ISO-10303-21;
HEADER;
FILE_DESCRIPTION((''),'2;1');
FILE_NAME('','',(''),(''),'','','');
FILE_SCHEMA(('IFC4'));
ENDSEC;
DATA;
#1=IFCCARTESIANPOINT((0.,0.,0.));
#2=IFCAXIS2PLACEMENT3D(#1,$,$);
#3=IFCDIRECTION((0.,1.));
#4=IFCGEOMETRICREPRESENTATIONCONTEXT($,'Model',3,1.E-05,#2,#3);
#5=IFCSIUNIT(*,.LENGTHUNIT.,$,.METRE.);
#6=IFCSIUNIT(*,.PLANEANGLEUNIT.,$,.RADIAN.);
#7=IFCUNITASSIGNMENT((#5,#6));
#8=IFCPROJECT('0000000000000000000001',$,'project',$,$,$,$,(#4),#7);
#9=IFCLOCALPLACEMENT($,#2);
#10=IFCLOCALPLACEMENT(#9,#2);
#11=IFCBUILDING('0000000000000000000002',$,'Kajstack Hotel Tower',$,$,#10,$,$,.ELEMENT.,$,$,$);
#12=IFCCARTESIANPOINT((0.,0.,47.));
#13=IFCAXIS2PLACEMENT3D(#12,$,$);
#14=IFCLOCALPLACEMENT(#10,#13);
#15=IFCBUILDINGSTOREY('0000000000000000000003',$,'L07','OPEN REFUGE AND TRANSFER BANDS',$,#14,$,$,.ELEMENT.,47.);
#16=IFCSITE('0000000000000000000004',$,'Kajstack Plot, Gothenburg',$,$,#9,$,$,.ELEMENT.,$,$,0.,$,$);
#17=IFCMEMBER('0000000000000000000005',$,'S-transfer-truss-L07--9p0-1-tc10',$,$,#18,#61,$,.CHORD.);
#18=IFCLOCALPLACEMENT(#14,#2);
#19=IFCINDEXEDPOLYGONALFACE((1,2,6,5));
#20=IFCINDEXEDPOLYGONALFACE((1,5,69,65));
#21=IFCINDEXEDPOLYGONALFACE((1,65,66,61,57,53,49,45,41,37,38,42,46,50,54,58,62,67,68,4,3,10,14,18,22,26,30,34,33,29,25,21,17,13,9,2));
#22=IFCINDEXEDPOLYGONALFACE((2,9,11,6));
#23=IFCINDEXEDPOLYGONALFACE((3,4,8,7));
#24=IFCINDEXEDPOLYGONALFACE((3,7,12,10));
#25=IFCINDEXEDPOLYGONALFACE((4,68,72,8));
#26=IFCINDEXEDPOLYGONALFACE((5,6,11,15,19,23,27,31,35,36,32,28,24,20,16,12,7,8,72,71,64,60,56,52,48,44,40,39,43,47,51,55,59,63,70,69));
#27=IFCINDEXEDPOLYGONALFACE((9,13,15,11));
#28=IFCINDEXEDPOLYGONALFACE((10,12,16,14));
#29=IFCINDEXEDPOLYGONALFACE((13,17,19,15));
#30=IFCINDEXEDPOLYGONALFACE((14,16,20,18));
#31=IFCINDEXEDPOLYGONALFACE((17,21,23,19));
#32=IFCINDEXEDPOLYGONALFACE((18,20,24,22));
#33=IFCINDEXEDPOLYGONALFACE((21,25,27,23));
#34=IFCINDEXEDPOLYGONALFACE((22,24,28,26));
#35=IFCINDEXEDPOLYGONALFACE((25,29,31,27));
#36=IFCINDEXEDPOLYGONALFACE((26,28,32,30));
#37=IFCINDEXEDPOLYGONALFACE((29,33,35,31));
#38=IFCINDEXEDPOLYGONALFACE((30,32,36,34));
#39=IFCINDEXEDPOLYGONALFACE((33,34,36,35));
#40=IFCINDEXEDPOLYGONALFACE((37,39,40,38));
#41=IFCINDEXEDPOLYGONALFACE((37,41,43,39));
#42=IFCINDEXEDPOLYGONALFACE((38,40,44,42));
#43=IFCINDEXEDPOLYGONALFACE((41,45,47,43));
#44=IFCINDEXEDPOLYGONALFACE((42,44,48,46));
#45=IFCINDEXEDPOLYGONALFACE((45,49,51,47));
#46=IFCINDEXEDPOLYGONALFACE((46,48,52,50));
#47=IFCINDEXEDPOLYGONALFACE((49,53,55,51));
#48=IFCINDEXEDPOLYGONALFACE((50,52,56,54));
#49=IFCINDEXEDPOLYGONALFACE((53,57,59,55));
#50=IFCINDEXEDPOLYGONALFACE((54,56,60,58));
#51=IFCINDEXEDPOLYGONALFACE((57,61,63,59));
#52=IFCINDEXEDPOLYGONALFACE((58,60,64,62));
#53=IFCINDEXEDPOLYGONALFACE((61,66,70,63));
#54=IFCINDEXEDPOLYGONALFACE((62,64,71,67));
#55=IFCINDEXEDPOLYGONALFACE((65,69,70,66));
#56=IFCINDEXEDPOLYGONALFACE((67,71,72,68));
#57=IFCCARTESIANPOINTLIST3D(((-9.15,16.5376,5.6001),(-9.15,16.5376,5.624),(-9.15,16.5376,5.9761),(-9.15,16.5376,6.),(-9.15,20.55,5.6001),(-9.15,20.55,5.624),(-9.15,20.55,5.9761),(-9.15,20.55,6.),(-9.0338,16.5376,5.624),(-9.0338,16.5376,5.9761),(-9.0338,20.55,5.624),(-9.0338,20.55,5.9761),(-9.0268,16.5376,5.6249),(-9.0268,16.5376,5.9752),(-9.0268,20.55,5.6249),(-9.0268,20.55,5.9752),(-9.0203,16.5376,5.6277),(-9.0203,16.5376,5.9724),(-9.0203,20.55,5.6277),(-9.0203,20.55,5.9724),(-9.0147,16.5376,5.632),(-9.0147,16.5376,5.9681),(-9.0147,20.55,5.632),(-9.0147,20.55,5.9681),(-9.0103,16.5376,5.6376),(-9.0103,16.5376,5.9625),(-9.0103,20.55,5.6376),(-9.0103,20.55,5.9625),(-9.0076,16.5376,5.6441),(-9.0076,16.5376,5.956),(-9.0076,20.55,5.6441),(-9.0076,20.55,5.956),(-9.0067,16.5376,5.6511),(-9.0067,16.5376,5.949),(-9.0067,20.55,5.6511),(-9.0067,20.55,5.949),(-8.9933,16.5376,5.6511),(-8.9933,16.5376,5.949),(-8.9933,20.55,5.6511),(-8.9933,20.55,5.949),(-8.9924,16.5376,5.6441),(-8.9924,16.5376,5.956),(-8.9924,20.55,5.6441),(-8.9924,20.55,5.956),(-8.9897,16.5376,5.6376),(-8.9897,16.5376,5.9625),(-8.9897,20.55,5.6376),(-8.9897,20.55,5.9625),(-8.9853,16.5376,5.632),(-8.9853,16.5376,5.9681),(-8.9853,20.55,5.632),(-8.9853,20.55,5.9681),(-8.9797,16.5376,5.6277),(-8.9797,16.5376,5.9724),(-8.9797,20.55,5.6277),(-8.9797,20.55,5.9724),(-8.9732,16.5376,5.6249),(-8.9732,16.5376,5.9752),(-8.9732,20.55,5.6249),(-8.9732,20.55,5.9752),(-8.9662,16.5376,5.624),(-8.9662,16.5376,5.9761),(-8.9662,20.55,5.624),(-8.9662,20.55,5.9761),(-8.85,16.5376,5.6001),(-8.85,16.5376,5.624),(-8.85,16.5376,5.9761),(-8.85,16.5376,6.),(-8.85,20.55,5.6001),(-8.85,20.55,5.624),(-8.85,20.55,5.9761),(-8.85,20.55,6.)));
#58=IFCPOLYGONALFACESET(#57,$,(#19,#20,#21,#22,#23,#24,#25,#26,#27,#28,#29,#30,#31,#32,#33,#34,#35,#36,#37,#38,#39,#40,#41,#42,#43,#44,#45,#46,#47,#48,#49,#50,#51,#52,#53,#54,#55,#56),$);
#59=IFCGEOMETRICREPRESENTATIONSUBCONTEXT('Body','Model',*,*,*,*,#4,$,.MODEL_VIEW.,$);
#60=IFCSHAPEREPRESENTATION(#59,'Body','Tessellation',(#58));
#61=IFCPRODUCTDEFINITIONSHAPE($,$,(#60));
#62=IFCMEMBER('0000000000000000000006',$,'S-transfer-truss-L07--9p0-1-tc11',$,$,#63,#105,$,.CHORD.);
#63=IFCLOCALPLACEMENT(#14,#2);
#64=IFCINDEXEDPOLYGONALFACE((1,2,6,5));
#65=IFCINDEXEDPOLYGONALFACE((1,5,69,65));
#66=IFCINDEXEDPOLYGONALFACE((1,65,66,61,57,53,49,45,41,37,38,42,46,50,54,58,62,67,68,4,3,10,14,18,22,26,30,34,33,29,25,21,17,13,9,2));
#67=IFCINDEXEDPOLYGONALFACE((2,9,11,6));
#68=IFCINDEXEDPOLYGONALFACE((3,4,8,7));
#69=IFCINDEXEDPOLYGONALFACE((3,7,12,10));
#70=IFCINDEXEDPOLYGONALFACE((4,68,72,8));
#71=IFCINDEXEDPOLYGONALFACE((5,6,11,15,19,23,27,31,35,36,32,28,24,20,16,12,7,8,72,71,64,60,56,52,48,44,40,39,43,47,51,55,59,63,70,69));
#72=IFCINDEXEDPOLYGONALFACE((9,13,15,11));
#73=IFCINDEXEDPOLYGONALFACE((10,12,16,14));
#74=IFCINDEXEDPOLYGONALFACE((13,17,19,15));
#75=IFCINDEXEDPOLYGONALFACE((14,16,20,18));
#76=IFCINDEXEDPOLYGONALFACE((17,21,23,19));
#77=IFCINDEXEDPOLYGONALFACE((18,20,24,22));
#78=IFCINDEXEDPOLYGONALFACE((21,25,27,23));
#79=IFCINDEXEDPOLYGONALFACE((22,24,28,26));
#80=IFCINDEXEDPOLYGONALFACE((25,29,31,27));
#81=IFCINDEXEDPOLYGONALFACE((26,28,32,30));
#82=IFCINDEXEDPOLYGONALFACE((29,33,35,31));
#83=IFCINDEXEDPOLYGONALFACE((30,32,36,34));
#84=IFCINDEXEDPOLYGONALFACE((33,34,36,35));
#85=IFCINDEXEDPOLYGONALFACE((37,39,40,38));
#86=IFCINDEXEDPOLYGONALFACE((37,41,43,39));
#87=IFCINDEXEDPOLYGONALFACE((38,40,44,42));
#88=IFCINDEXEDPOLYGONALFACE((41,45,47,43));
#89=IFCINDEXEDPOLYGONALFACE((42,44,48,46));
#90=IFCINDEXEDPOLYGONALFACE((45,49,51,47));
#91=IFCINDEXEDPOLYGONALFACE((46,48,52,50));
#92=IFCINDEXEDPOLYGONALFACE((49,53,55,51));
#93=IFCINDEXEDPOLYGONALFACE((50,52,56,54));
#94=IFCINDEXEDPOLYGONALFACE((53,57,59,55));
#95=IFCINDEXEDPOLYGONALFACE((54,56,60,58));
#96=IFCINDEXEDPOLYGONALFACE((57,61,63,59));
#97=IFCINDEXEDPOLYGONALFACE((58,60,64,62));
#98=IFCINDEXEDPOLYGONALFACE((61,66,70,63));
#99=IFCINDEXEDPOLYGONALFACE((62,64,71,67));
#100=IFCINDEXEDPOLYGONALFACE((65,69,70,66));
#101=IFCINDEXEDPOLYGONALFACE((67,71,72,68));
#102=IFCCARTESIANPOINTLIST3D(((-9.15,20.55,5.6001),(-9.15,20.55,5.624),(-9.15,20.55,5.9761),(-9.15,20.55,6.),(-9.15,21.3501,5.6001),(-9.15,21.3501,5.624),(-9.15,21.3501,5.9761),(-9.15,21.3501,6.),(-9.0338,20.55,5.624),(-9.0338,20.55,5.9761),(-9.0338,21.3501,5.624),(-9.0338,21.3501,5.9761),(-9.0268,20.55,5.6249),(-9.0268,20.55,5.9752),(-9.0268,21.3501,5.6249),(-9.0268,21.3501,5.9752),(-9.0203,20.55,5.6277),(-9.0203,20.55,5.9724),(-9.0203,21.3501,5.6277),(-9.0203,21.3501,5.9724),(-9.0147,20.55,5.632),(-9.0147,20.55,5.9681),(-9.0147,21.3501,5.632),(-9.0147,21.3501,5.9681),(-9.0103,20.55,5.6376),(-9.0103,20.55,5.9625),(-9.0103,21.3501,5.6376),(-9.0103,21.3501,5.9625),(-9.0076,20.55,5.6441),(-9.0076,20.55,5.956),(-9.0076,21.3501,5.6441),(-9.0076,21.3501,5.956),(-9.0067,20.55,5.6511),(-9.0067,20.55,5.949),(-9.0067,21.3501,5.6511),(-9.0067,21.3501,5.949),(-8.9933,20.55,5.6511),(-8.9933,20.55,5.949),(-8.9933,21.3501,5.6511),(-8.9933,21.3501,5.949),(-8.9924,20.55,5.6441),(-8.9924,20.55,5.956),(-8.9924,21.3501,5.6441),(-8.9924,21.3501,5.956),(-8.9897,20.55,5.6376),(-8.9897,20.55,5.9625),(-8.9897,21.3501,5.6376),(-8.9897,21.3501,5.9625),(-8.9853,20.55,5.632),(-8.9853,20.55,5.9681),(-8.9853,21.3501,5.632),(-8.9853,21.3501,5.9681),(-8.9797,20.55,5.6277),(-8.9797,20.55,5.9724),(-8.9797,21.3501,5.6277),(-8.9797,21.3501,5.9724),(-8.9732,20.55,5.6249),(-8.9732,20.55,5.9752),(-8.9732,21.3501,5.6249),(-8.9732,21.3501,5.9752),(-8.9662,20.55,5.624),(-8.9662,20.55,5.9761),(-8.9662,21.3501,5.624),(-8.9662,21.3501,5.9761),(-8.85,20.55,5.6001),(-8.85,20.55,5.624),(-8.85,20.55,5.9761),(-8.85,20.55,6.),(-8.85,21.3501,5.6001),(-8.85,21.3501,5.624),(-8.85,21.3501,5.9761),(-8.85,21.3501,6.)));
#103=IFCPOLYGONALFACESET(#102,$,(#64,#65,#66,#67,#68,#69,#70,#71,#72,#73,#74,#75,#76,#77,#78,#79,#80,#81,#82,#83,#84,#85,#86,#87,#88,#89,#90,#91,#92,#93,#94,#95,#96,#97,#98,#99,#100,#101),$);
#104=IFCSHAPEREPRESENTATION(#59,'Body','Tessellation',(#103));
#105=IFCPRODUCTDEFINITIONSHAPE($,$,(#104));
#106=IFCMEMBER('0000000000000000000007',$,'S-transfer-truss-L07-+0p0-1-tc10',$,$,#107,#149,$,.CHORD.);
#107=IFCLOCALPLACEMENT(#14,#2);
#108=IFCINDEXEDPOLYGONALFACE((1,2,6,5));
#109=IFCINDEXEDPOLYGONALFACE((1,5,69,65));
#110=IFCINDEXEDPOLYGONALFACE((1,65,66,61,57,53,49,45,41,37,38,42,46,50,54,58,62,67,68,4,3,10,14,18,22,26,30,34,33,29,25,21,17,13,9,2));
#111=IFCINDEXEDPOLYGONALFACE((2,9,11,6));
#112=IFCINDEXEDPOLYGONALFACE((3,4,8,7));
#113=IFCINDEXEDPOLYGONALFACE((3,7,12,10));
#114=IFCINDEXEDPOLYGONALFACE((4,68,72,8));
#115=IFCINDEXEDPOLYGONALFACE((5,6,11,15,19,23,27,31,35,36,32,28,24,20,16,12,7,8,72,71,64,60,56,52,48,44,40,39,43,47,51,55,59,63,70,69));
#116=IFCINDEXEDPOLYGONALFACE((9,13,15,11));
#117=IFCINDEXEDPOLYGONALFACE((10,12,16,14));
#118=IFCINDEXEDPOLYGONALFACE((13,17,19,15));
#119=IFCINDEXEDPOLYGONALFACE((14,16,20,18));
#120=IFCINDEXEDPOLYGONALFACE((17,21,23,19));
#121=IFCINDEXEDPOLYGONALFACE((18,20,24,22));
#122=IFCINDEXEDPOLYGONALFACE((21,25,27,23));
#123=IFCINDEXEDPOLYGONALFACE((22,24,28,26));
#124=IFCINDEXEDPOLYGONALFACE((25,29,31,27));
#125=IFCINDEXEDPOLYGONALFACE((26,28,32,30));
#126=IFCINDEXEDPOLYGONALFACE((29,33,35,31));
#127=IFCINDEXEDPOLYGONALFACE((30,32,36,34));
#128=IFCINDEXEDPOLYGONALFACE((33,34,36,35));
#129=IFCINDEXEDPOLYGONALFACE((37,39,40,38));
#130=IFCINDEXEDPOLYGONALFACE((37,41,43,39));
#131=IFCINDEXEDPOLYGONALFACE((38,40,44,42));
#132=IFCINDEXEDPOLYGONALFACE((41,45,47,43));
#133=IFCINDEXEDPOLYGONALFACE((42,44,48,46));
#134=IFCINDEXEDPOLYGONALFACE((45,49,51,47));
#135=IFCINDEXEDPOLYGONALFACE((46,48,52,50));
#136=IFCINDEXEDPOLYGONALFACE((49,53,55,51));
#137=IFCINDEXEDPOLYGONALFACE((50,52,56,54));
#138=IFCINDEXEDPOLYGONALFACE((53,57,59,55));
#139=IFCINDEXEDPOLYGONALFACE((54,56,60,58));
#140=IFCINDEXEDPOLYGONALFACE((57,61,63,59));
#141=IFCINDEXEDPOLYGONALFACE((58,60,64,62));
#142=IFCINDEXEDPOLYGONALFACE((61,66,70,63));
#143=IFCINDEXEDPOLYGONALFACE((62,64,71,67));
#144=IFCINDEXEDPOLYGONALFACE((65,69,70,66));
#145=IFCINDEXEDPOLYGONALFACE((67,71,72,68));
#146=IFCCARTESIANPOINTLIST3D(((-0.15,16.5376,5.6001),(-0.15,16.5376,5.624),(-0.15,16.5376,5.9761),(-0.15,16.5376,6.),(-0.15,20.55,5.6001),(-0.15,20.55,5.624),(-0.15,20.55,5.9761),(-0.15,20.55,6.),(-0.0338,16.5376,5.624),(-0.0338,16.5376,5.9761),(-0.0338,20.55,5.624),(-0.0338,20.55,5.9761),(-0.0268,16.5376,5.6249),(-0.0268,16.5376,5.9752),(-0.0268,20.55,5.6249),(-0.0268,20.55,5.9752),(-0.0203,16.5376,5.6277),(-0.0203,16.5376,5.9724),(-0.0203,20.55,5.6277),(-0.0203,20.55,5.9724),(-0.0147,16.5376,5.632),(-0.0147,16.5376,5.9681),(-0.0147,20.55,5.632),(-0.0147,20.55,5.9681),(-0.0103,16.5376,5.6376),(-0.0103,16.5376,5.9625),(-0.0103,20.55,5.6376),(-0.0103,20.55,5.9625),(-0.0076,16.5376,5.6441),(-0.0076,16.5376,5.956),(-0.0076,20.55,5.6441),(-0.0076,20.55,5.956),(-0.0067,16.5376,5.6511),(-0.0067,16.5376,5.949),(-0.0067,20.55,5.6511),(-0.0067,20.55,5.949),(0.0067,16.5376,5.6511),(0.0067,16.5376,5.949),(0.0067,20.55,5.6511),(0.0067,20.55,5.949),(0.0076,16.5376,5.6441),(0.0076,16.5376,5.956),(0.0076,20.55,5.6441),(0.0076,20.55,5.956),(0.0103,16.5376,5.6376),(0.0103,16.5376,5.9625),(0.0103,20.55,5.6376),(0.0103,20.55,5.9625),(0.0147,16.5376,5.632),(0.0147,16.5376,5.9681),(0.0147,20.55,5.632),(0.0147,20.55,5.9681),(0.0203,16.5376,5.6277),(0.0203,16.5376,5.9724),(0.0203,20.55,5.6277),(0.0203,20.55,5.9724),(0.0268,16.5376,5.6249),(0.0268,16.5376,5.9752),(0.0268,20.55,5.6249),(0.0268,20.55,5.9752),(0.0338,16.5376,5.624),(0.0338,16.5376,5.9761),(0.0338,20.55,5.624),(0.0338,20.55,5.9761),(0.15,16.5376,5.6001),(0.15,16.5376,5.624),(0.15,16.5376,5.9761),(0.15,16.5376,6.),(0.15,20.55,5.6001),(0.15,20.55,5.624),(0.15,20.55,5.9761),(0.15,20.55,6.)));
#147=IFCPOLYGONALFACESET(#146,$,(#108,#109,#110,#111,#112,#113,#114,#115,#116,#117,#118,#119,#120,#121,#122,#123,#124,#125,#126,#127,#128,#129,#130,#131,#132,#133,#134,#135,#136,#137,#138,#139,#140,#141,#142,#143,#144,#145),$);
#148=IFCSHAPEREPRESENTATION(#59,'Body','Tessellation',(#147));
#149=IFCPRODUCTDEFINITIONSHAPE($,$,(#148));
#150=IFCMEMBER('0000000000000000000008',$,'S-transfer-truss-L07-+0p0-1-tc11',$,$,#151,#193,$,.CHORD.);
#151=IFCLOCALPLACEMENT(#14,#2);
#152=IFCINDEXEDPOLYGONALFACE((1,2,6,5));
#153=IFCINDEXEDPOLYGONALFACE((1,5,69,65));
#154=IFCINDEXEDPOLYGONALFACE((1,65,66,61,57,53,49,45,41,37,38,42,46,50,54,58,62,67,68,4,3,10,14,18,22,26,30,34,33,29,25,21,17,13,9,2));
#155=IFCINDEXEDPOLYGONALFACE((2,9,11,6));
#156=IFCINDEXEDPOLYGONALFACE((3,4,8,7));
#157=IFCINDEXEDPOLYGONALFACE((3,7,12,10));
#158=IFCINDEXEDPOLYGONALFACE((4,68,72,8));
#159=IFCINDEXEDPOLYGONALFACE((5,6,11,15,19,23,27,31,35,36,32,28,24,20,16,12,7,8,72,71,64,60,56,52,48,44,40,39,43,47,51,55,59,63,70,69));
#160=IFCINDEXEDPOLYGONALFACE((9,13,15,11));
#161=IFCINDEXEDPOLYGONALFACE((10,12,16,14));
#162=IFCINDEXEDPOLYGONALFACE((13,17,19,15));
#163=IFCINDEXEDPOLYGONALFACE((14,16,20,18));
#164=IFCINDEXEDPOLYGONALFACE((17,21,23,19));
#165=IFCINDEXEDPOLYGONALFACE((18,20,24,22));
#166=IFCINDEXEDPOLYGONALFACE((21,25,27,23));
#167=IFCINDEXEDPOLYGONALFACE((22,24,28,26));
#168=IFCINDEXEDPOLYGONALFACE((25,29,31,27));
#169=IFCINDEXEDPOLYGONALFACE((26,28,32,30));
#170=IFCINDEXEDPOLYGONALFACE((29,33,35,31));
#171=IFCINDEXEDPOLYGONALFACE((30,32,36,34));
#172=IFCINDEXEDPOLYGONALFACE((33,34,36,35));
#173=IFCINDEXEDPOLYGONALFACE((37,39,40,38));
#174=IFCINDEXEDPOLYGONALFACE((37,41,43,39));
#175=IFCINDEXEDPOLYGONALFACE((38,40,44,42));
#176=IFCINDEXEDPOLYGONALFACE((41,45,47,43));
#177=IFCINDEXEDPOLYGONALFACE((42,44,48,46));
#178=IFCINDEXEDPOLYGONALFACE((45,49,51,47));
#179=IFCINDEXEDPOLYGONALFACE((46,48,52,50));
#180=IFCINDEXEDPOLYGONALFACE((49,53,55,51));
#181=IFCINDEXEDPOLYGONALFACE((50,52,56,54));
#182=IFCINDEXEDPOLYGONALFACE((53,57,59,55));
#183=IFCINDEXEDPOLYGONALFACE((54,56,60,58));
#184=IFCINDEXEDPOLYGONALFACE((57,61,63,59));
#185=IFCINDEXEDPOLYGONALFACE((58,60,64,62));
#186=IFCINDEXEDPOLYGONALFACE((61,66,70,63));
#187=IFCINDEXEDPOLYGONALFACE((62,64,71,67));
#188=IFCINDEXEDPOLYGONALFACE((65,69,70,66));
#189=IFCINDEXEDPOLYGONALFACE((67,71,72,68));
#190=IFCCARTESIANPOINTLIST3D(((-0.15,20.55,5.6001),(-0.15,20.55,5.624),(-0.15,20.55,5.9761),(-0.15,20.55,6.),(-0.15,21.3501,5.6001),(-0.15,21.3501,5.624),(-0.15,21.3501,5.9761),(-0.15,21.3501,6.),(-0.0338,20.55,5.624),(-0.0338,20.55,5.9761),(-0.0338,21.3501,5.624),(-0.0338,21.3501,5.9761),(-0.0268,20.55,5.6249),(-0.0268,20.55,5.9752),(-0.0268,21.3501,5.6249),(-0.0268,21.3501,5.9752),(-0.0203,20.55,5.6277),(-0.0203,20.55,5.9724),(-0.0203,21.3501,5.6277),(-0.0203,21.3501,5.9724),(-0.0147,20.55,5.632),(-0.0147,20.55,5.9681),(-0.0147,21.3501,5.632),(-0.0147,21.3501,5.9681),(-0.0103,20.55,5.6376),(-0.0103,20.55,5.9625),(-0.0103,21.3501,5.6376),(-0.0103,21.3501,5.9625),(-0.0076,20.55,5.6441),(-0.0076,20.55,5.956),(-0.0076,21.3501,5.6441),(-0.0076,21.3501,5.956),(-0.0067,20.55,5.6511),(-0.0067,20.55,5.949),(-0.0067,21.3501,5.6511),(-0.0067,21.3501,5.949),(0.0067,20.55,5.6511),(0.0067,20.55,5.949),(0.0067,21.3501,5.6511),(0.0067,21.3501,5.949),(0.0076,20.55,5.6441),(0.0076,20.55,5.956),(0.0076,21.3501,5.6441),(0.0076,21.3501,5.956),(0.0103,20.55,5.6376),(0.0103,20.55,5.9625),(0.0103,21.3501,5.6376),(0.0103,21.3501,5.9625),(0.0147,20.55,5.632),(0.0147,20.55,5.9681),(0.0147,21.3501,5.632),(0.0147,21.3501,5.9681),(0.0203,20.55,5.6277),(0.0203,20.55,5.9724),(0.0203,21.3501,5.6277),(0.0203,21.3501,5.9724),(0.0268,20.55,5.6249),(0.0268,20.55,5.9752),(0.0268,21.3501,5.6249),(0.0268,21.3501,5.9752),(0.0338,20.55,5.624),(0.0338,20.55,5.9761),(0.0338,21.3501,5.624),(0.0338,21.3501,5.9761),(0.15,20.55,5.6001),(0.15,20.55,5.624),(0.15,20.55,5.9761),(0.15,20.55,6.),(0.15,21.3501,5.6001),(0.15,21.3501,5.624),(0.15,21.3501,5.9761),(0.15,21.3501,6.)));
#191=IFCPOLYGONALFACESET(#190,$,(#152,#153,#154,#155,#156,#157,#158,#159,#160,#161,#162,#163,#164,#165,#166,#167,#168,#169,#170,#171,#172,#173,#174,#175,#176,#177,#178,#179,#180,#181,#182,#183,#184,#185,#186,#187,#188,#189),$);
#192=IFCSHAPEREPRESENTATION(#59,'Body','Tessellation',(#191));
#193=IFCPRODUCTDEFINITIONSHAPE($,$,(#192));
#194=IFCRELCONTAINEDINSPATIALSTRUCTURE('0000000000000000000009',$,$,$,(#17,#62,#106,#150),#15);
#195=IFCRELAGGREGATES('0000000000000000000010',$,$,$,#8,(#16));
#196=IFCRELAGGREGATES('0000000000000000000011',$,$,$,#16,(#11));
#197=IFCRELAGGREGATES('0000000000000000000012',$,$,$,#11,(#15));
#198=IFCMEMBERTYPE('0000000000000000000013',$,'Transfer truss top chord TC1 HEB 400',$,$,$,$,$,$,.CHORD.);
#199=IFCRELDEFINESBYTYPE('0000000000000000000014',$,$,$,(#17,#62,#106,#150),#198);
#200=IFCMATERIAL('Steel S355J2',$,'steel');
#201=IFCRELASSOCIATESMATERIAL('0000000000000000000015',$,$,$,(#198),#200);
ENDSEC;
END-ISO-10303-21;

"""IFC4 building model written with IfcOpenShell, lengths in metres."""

from ifc_helpers import new_model, si_unit, direction, frame, origin, origin_2d, place, context, subcontext, project, spatial, i_section, extrude, material, material_profile, profile_set, type_object, element, save


model = new_model("IFC4")

# Units and contexts
model_context = context("Model", 3, precision=1e-05, world=origin(), true_north=direction((0.0, 1.0)))
body_context = subcontext(model_context, "Body", "Model", "MODEL_VIEW")
ifc_project = project(units=[si_unit("LENGTHUNIT", "METRE"), si_unit("PLANEANGLEUNIT", "RADIAN")], contexts=[model_context])

# Site, building, storey
site_placement = place(None, origin())
site = spatial("IfcSite", under=ifc_project, at=site_placement, Name="Kajstack Plot, Gothenburg", CompositionType="ELEMENT", RefElevation=0.0)
building_placement = place(site_placement, origin())
building = spatial("IfcBuilding", under=site, at=building_placement, Name="Kajstack Hotel Tower", CompositionType="ELEMENT")
storey_placement = place(building_placement, frame((0.0, 0.0, 47.0)))
storey = spatial("IfcBuildingStorey", under=building, at=storey_placement, Name="L07", Description="OPEN REFUGE AND TRANSFER BANDS", CompositionType="ELEMENT", Elevation=47.0)

# Members
ifc_material = material(Name="Steel S355J2", Category="steel")
ifc_material_profile_1 = material_profile(ifc_material, i_section(OverallWidth=0.3, OverallDepth=0.3999, WebThickness=0.0134, FlangeThickness=0.0239, FilletRadius=0.0271, at=origin_2d()), Name="HEB 400")
ifc_profile_set_1 = profile_set([ifc_material_profile_1], Name="Steel S355J2")
member_type_1 = type_object("IfcMemberType", Name="Transfer truss top chord TC1 HEB 400", PredefinedType="CHORD", material=ifc_profile_set_1)
member_1_placement = place(storey_placement, frame((-9.0, 16.5376, 5.8), z_axis=(0.0, 1.0, 0.0), x_axis=(-1.0, 0.0, 0.0)))
element("IfcMember", 1, at=member_1_placement, inside=storey, type_object=member_type_1, Name="S-transfer-truss-L07--9p0-1-tc10", PredefinedType="CHORD", context=body_context, shape_type="SweptSolid", body=[
    extrude(i_section(OverallWidth=0.3, OverallDepth=0.3999, WebThickness=0.0134, FlangeThickness=0.0239, FilletRadius=0.0271, at=origin_2d()), origin(), (0.0, 0.0, 1.0), 4.0125),
])
member_2_placement = place(storey_placement, frame((-9.0, 20.55, 5.8), z_axis=(0.0, 1.0, 0.0), x_axis=(-1.0, 0.0, 0.0)))
element("IfcMember", 2, at=member_2_placement, inside=storey, type_object=member_type_1, Name="S-transfer-truss-L07--9p0-1-tc11", PredefinedType="CHORD", context=body_context, shape_type="SweptSolid", body=[
    extrude(i_section(OverallWidth=0.3, OverallDepth=0.3999, WebThickness=0.0134, FlangeThickness=0.0239, FilletRadius=0.0271, at=origin_2d()), origin(), (0.0, 0.0, 1.0), 0.8),
])
member_3_placement = place(storey_placement, frame((0.0, 16.5376, 5.8), z_axis=(0.0, 1.0, 0.0), x_axis=(-1.0, 0.0, 0.0)))
element("IfcMember", 3, at=member_3_placement, inside=storey, type_object=member_type_1, Name="S-transfer-truss-L07-+0p0-1-tc10", PredefinedType="CHORD", context=body_context, shape_type="SweptSolid", body=[
    extrude(i_section(OverallWidth=0.3, OverallDepth=0.3999, WebThickness=0.0134, FlangeThickness=0.0239, FilletRadius=0.0271, at=origin_2d()), origin(), (0.0, 0.0, 1.0), 4.0125),
])
member_4_placement = place(storey_placement, frame((0.0, 20.55, 5.8), z_axis=(0.0, 1.0, 0.0), x_axis=(-1.0, 0.0, 0.0)))
element("IfcMember", 4, at=member_4_placement, inside=storey, type_object=member_type_1, Name="S-transfer-truss-L07-+0p0-1-tc11", PredefinedType="CHORD", context=body_context, shape_type="SweptSolid", body=[
    extrude(i_section(OverallWidth=0.3, OverallDepth=0.3999, WebThickness=0.0134, FlangeThickness=0.0239, FilletRadius=0.0271, at=origin_2d()), origin(), (0.0, 0.0, 1.0), 0.8),
])

save(model, "model.ifc")
